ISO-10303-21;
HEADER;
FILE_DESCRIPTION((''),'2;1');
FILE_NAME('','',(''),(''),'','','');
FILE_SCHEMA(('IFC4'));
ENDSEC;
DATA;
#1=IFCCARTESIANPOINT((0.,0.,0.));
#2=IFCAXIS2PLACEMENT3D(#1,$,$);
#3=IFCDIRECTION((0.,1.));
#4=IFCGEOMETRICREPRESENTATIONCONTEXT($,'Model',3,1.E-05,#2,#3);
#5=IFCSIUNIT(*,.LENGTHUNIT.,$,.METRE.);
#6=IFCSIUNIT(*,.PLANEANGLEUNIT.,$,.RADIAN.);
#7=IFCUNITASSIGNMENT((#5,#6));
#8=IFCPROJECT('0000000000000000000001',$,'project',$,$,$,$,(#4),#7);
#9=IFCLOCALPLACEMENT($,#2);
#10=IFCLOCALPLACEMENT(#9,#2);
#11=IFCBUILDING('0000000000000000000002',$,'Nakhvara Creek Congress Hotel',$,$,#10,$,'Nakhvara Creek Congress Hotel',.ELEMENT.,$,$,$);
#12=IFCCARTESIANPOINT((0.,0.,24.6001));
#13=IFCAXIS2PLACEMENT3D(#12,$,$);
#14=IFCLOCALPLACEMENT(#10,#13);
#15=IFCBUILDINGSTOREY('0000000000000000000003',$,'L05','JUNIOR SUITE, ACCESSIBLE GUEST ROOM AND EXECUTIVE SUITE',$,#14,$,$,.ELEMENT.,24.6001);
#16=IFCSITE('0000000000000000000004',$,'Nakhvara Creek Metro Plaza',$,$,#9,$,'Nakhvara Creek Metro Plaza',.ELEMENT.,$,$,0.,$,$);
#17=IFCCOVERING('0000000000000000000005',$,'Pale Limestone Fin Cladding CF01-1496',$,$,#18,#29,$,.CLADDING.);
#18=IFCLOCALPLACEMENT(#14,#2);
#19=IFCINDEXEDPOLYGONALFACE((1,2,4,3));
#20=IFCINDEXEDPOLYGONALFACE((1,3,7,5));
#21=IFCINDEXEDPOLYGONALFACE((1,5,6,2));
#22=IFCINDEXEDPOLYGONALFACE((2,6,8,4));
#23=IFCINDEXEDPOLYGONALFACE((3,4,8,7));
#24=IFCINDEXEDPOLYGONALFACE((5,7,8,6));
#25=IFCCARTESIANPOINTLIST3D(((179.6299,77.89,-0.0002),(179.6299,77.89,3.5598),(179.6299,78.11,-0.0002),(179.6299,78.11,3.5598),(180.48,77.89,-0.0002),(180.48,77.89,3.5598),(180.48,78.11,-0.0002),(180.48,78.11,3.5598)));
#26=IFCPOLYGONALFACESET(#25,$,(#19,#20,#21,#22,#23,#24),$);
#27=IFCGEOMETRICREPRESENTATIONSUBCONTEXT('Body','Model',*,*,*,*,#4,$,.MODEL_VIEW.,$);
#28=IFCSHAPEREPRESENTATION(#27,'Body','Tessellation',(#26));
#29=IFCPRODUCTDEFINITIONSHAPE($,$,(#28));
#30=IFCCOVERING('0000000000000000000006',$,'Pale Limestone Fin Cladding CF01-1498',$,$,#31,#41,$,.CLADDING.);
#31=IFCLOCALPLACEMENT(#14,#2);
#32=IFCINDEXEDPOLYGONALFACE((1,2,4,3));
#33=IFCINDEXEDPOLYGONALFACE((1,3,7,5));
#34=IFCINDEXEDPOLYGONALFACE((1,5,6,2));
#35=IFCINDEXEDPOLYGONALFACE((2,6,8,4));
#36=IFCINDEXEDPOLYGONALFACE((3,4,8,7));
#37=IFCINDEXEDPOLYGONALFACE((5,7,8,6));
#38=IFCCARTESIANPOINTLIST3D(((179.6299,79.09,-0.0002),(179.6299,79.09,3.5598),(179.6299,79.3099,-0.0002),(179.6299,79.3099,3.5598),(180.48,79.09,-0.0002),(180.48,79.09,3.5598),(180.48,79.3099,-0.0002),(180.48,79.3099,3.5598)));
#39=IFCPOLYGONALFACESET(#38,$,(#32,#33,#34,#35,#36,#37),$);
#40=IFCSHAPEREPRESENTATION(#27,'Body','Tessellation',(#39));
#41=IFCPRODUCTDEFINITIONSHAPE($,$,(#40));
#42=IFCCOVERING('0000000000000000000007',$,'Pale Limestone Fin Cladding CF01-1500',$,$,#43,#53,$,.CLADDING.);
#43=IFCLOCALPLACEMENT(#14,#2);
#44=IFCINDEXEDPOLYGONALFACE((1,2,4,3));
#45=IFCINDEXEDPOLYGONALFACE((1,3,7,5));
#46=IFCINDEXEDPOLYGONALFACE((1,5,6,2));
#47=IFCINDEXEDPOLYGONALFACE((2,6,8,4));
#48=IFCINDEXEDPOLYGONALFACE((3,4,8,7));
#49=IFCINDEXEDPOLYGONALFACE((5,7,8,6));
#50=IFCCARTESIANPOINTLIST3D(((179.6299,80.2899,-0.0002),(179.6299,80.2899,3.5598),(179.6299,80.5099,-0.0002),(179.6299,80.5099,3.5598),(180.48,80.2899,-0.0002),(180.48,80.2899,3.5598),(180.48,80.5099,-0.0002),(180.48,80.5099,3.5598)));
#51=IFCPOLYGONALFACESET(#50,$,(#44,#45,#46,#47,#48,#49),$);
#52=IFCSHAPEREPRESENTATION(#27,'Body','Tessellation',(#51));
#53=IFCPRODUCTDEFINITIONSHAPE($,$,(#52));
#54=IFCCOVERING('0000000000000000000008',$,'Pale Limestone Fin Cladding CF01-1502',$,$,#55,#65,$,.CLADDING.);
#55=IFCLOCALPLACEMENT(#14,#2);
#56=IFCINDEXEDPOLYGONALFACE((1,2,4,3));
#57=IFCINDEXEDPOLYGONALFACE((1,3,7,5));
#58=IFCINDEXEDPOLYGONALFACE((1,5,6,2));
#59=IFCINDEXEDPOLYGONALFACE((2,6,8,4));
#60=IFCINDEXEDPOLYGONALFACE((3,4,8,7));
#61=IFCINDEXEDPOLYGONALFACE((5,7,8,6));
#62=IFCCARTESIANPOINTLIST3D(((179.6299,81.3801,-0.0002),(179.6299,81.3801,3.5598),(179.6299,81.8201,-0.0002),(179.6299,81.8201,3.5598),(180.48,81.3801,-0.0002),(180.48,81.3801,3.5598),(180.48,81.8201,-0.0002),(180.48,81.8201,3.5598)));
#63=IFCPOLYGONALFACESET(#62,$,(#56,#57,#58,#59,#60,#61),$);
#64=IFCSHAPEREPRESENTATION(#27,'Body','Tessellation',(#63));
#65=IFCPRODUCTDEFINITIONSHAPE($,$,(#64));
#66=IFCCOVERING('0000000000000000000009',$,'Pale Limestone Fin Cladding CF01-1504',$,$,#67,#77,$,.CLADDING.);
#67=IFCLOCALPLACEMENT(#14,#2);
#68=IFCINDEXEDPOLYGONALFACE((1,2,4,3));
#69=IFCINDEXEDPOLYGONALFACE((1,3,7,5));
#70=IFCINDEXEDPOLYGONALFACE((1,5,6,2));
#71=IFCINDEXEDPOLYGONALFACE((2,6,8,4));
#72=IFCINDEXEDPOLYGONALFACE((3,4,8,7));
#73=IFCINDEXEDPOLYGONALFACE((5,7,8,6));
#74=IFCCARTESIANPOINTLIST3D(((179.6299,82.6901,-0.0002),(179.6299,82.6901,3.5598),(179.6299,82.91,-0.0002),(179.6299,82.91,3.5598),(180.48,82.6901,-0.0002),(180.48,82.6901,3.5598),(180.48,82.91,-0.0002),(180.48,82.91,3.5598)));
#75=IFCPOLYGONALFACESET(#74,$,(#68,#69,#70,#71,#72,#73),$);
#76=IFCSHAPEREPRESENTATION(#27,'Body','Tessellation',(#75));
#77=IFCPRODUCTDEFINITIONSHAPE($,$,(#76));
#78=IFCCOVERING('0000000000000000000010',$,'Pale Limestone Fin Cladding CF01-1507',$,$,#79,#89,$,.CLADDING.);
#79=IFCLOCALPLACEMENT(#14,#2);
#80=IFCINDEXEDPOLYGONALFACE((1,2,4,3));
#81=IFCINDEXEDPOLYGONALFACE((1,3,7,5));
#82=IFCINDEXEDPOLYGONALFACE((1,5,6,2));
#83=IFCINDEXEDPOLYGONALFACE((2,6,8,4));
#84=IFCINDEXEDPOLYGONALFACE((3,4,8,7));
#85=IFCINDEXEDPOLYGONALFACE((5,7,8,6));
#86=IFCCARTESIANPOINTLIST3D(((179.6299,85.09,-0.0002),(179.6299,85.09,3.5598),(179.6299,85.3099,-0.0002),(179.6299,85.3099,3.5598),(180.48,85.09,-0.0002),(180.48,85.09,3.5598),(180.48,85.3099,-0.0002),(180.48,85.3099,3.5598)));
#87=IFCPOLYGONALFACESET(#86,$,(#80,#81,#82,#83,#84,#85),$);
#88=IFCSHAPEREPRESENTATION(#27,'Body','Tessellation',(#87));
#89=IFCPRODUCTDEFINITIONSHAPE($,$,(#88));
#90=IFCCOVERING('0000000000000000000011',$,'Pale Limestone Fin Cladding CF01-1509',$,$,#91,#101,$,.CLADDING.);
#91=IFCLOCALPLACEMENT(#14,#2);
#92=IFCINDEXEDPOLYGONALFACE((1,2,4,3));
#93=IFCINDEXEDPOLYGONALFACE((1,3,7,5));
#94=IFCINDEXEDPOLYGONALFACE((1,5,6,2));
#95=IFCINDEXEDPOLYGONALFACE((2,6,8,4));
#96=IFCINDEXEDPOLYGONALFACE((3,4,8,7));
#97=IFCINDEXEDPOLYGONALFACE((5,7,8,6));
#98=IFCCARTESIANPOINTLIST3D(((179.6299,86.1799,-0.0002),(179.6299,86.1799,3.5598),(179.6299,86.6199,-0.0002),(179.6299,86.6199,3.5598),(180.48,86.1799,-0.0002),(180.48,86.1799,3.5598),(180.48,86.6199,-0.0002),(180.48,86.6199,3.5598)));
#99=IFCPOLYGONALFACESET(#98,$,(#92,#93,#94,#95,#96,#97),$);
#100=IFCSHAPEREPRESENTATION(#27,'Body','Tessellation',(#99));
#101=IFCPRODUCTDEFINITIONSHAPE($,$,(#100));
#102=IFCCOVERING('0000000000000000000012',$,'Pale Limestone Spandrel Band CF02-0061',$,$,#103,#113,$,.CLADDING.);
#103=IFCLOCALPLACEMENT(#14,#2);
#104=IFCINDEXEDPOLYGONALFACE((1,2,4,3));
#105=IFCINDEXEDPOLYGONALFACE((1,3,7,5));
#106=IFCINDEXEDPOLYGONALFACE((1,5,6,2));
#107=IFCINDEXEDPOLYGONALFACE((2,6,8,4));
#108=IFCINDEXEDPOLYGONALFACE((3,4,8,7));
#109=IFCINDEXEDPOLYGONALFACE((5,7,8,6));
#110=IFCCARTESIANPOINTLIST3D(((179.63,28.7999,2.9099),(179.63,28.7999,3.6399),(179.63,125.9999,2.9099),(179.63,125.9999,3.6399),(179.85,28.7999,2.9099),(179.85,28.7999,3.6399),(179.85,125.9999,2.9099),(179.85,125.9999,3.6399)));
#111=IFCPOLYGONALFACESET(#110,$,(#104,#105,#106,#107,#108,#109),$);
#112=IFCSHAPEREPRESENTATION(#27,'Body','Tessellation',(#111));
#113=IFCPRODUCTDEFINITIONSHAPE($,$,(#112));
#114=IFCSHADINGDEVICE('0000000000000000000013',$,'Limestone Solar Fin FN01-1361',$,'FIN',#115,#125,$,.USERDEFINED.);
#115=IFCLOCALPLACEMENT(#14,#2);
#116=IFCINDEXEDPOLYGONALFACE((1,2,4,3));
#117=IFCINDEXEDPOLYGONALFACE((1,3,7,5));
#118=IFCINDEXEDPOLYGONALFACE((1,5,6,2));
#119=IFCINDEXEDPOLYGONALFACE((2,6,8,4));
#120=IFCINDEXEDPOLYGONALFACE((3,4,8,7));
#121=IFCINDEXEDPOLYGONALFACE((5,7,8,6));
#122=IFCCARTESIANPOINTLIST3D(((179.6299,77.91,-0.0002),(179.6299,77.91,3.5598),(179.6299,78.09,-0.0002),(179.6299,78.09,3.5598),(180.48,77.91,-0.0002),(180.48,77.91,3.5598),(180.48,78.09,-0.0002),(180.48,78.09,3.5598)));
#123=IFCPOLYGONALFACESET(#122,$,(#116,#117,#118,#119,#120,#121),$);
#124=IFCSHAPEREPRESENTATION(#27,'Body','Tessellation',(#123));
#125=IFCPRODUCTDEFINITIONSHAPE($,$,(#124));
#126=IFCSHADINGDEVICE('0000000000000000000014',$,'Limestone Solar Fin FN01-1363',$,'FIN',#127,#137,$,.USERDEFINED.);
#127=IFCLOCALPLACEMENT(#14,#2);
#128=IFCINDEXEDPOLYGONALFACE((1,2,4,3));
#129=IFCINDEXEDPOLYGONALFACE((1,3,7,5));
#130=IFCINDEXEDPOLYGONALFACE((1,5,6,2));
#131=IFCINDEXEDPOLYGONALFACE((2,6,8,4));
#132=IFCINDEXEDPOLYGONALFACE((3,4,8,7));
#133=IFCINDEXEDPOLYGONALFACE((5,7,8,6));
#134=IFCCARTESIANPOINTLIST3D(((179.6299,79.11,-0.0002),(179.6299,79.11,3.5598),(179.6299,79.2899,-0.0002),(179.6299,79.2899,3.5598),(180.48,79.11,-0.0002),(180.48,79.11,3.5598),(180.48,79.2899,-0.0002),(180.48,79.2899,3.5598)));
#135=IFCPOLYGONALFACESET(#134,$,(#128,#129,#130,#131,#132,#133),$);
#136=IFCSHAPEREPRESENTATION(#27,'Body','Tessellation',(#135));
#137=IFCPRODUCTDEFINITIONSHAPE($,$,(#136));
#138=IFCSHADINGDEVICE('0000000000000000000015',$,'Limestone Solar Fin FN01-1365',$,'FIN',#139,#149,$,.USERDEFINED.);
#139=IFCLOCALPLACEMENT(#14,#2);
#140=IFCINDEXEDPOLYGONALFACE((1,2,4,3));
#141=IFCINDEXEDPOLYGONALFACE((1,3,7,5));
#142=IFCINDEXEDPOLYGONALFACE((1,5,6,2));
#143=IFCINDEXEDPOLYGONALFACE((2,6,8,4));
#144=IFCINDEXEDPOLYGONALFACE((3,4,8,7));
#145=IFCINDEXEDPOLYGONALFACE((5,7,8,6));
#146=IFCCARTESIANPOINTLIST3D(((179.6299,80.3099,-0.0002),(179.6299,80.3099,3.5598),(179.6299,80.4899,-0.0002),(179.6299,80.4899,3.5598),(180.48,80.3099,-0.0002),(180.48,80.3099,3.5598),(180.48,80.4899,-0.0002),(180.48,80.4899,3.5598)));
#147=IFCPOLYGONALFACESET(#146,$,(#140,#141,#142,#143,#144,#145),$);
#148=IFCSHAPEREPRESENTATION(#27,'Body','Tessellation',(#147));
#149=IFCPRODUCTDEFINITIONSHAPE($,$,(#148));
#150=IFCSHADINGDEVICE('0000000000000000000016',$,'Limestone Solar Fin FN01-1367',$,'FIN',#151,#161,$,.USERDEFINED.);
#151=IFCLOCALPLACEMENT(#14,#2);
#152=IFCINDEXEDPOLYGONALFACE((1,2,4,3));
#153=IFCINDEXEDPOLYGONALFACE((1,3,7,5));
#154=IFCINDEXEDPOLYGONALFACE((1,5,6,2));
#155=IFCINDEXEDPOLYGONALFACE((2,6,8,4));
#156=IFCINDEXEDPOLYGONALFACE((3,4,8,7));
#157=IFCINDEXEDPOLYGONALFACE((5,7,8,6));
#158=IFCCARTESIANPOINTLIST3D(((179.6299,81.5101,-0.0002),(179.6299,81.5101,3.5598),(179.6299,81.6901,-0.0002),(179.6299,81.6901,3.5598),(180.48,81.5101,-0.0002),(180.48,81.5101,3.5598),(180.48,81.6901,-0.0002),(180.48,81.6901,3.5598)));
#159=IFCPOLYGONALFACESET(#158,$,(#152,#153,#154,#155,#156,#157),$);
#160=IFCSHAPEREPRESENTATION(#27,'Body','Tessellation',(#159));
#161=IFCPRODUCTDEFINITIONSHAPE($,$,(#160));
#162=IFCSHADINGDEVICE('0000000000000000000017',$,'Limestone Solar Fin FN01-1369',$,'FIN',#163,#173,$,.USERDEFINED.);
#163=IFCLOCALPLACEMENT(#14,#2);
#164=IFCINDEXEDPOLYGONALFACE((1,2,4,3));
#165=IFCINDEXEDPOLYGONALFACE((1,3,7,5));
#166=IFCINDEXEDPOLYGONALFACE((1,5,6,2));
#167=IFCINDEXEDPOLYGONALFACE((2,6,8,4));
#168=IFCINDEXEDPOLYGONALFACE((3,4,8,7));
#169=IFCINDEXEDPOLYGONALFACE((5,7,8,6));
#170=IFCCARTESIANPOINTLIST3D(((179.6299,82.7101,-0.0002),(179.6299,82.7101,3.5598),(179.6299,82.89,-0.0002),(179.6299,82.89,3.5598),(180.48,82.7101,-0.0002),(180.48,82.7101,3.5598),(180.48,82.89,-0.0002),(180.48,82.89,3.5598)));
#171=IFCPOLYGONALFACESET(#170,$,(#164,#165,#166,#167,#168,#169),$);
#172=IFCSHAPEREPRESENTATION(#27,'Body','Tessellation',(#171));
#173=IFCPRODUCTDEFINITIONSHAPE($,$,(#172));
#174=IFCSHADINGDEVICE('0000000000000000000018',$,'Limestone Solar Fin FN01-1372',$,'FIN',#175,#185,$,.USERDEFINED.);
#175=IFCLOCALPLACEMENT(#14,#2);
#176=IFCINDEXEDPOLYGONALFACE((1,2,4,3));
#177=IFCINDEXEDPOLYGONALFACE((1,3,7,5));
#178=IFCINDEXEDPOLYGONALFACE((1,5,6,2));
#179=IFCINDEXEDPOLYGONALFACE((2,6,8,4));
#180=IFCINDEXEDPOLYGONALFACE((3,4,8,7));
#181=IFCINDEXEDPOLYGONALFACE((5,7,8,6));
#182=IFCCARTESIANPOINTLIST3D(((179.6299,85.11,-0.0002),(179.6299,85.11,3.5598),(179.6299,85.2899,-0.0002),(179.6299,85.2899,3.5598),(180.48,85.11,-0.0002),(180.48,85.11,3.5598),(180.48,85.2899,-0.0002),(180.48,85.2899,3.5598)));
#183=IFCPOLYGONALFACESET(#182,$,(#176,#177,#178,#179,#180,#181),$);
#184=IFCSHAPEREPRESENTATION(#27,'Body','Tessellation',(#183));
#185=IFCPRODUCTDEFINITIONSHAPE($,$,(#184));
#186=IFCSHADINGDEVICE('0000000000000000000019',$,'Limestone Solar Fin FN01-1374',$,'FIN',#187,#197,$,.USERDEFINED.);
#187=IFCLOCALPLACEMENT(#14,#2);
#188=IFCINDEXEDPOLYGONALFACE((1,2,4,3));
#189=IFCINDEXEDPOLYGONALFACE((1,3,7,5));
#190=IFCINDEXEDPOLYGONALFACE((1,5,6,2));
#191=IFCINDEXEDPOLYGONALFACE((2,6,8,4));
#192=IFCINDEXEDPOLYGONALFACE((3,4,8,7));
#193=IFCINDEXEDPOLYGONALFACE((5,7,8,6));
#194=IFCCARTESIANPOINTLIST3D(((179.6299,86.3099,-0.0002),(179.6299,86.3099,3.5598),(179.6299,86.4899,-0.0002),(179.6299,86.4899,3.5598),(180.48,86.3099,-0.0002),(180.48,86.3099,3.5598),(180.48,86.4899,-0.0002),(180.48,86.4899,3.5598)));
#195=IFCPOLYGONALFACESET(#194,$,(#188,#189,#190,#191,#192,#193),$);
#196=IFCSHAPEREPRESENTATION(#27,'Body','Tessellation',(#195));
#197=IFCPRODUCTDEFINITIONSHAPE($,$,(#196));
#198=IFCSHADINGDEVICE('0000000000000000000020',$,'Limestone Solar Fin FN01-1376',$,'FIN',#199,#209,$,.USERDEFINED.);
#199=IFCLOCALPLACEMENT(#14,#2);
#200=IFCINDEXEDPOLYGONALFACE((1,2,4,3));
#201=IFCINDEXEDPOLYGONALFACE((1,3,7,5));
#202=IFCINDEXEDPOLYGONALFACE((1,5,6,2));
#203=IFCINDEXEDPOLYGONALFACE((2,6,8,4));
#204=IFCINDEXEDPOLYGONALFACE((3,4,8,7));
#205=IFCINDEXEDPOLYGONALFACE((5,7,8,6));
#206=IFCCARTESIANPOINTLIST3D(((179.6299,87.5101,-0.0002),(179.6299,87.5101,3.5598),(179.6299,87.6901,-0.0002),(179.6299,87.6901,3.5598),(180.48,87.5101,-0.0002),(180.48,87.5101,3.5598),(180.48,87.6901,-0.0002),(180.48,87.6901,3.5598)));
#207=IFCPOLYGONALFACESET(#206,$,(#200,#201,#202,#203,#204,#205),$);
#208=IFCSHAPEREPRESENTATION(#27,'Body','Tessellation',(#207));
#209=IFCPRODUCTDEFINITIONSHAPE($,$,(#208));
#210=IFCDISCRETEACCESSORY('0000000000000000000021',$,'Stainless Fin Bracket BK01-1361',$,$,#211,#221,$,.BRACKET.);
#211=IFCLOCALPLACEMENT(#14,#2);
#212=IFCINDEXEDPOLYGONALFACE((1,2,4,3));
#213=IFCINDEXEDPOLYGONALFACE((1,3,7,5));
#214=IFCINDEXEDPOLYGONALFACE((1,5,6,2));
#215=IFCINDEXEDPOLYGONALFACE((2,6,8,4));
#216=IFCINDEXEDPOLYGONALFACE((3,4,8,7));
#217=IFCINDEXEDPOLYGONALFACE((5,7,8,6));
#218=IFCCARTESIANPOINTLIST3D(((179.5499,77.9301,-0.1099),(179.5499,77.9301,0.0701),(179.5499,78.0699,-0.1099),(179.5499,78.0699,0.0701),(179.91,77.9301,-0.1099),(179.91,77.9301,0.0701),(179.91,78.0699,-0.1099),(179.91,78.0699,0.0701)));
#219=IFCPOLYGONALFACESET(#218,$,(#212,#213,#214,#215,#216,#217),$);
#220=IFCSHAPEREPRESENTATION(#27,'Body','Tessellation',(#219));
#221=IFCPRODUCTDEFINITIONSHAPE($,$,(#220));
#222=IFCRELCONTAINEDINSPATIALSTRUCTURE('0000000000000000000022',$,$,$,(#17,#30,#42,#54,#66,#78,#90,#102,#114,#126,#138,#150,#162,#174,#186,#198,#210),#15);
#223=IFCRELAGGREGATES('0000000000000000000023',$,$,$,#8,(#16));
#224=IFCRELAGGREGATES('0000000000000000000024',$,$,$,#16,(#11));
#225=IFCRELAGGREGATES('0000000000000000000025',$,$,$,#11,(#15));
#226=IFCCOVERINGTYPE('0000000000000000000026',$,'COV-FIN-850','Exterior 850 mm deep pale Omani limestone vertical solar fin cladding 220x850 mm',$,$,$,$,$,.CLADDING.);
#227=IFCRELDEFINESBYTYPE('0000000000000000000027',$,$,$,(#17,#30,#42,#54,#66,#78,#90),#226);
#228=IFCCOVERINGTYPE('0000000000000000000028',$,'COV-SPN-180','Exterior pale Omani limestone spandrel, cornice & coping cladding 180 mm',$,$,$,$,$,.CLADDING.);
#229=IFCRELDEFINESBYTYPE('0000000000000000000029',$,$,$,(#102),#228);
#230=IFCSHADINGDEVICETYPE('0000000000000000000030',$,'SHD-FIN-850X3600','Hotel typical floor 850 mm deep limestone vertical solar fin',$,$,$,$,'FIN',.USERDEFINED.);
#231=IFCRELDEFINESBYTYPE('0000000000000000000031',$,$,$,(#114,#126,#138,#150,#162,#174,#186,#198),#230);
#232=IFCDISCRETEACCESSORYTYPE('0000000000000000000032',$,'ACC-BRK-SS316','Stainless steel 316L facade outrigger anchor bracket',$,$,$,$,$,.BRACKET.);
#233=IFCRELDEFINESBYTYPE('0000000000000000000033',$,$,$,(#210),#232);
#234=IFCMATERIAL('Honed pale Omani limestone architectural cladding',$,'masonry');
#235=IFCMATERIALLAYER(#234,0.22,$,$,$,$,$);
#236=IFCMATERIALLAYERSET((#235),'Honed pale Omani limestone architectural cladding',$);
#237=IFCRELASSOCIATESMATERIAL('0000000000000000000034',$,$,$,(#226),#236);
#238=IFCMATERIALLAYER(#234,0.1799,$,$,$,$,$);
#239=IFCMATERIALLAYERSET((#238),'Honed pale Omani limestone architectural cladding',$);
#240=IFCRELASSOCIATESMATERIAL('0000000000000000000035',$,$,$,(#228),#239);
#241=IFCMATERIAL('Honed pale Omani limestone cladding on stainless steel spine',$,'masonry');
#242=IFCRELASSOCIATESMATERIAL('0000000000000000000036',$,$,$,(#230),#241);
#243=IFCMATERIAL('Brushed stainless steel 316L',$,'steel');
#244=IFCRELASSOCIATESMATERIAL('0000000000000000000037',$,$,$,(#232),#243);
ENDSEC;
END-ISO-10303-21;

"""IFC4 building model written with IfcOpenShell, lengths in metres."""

from ifc_helpers import new_model, si_unit, direction, frame, origin, origin_2d, place, context, subcontext, project, spatial, rectangle, extrude, material, layer, layer_set, type_object, element, save


model = new_model("IFC4")

# Units and contexts
model_context = context("Model", 3, precision=1e-05, world=origin(), true_north=direction((0.0, 1.0)))
body_context = subcontext(model_context, "Body", "Model", "MODEL_VIEW")
ifc_project = project(units=[si_unit("LENGTHUNIT", "METRE"), si_unit("PLANEANGLEUNIT", "RADIAN")], contexts=[model_context])

# Site, building, storey
site_placement = place(None, origin())
site = spatial("IfcSite", under=ifc_project, at=site_placement, Name="Nakhvara Creek Metro Plaza", LongName="Nakhvara Creek Metro Plaza", CompositionType="ELEMENT", RefElevation=0.0)
building_placement = place(site_placement, origin())
building = spatial("IfcBuilding", under=site, at=building_placement, Name="Nakhvara Creek Congress Hotel", LongName="Nakhvara Creek Congress Hotel", CompositionType="ELEMENT")
storey_placement = place(building_placement, frame((0.0, 0.0, 24.6001)))
storey = spatial("IfcBuildingStorey", under=building, at=storey_placement, Name="L05", Description="JUNIOR SUITE, ACCESSIBLE GUEST ROOM AND EXECUTIVE SUITE", CompositionType="ELEMENT", Elevation=24.6001)

# Coverings
ifc_material_1 = material(Name="Honed pale Omani limestone architectural cladding", Category="masonry")
ifc_layer_1 = layer(ifc_material_1, 0.22)
ifc_layer_set_1 = layer_set([ifc_layer_1], Name="Honed pale Omani limestone architectural cladding")
covering_type_1 = type_object("IfcCoveringType", Name="COV-FIN-850", Description="Exterior 850 mm deep pale Omani limestone vertical solar fin cladding 220x850 mm", PredefinedType="CLADDING", material=ifc_layer_set_1)
for number, where, z_axis, x_axis, name in (
    (1, (180.0549, 78.0, -0.0002), (0.0, 0.0, 1.0), (0.0, 1.0, 0.0), "Pale Limestone Fin Cladding CF01-1496"),
    (2, (180.0549, 79.2, -0.0002), (0.0, 0.0, 1.0), (0.0, 1.0, 0.0), "Pale Limestone Fin Cladding CF01-1498"),
    (3, (180.0549, 80.3999, -0.0002), (0.0, 0.0, 1.0), (0.0, 1.0, 0.0), "Pale Limestone Fin Cladding CF01-1500"),
):
    element("IfcCovering", number, at=place(storey_placement, frame(where, z_axis=z_axis, x_axis=x_axis)), inside=storey, type_object=covering_type_1, Name=name, PredefinedType="CLADDING", context=body_context, shape_type="SweptSolid", body=[
        extrude(rectangle(XDim=0.22, YDim=0.8501, at=origin_2d()), origin(), (0.0, 0.0, 1.0), 3.5601),
    ])
covering_1_placement = place(storey_placement, frame((180.0549, 81.6001, -0.0002), z_axis=(0.0, 0.0, 1.0), x_axis=(0.0, 1.0, 0.0)))
element("IfcCovering", 4, at=covering_1_placement, inside=storey, type_object=covering_type_1, Name="Pale Limestone Fin Cladding CF01-1502", PredefinedType="CLADDING", context=body_context, shape_type="SweptSolid", body=[
    extrude(rectangle(XDim=0.4399, YDim=0.8501, at=origin_2d()), origin(), (0.0, 0.0, 1.0), 3.5601),
])
for number, where, z_axis, x_axis, name in (
    (5, (180.0549, 82.8, -0.0002), (0.0, 0.0, 1.0), (0.0, 1.0, 0.0), "Pale Limestone Fin Cladding CF01-1504"),
    (6, (180.0549, 85.2, -0.0002), (0.0, 0.0, 1.0), (0.0, 1.0, 0.0), "Pale Limestone Fin Cladding CF01-1507"),
):
    element("IfcCovering", number, at=place(storey_placement, frame(where, z_axis=z_axis, x_axis=x_axis)), inside=storey, type_object=covering_type_1, Name=name, PredefinedType="CLADDING", context=body_context, shape_type="SweptSolid", body=[
        extrude(rectangle(XDim=0.22, YDim=0.8501, at=origin_2d()), origin(), (0.0, 0.0, 1.0), 3.5601),
    ])
covering_2_placement = place(storey_placement, frame((180.0549, 86.3999, -0.0002), z_axis=(0.0, 0.0, 1.0), x_axis=(0.0, 1.0, 0.0)))
element("IfcCovering", 7, at=covering_2_placement, inside=storey, type_object=covering_type_1, Name="Pale Limestone Fin Cladding CF01-1509", PredefinedType="CLADDING", context=body_context, shape_type="SweptSolid", body=[
    extrude(rectangle(XDim=0.4399, YDim=0.8501, at=origin_2d()), origin(), (0.0, 0.0, 1.0), 3.5601),
])
ifc_layer_2 = layer(ifc_material_1, 0.1799)
ifc_layer_set_2 = layer_set([ifc_layer_2], Name="Honed pale Omani limestone architectural cladding")
covering_type_2 = type_object("IfcCoveringType", Name="COV-SPN-180", Description="Exterior pale Omani limestone spandrel, cornice & coping cladding 180 mm", PredefinedType="CLADDING", material=ifc_layer_set_2)
covering_3_placement = place(storey_placement, frame((179.74, 77.3999, 2.9099), z_axis=(0.0, 0.0, 1.0), x_axis=(0.0, 1.0, 0.0)))
element("IfcCovering", 8, at=covering_3_placement, inside=storey, type_object=covering_type_2, Name="Pale Limestone Spandrel Band CF02-0061", PredefinedType="CLADDING", context=body_context, shape_type="SweptSolid", body=[
    extrude(rectangle(XDim=97.2, YDim=0.22, at=origin_2d()), origin(), (0.0, 0.0, 1.0), 0.73),
])

# Shading devices
ifc_material_2 = material(Name="Honed pale Omani limestone cladding on stainless steel spine", Category="masonry")
shading_device_type = type_object("IfcShadingDeviceType", Name="SHD-FIN-850X3600", Description="Hotel typical floor 850 mm deep limestone vertical solar fin", ElementType="FIN", PredefinedType="USERDEFINED", material=ifc_material_2)
for number, where, z_axis, x_axis, name in (
    (9, (180.0549, 78.0, -0.0002), (0.0, 0.0, 1.0), (0.0, 1.0, 0.0), "Limestone Solar Fin FN01-1361"),
    (10, (180.0549, 79.2, -0.0002), (0.0, 0.0, 1.0), (0.0, 1.0, 0.0), "Limestone Solar Fin FN01-1363"),
    (11, (180.0549, 80.3999, -0.0002), (0.0, 0.0, 1.0), (0.0, 1.0, 0.0), "Limestone Solar Fin FN01-1365"),
    (12, (180.0549, 81.6001, -0.0002), (0.0, 0.0, 1.0), (0.0, 1.0, 0.0), "Limestone Solar Fin FN01-1367"),
    (13, (180.0549, 82.8, -0.0002), (0.0, 0.0, 1.0), (0.0, 1.0, 0.0), "Limestone Solar Fin FN01-1369"),
    (14, (180.0549, 85.2, -0.0002), (0.0, 0.0, 1.0), (0.0, 1.0, 0.0), "Limestone Solar Fin FN01-1372"),
    (15, (180.0549, 86.3999, -0.0002), (0.0, 0.0, 1.0), (0.0, 1.0, 0.0), "Limestone Solar Fin FN01-1374"),
    (16, (180.0549, 87.6001, -0.0002), (0.0, 0.0, 1.0), (0.0, 1.0, 0.0), "Limestone Solar Fin FN01-1376"),
):
    element("IfcShadingDevice", number, at=place(storey_placement, frame(where, z_axis=z_axis, x_axis=x_axis)), inside=storey, type_object=shading_device_type, Name=name, ObjectType="FIN", PredefinedType="USERDEFINED", context=body_context, shape_type="SweptSolid", body=[
        extrude(rectangle(XDim=0.1799, YDim=0.8501, at=origin_2d()), origin(), (0.0, 0.0, 1.0), 3.5601),
    ])

# Discrete accessory
ifc_material_3 = material(Name="Brushed stainless steel 316L", Category="steel")
discrete_accessory_type = type_object("IfcDiscreteAccessoryType", Name="ACC-BRK-SS316", Description="Stainless steel 316L facade outrigger anchor bracket", PredefinedType="BRACKET", material=ifc_material_3)
for number, where, z_axis, x_axis, name in (
    (17, (179.73, 78.0, -0.1099), (0.0, 0.0, 1.0), (0.0, 1.0, 0.0), "Stainless Fin Bracket BK01-1361"),
):
    element("IfcDiscreteAccessory", number, at=place(storey_placement, frame(where, z_axis=z_axis, x_axis=x_axis)), inside=storey, type_object=discrete_accessory_type, Name=name, PredefinedType="BRACKET", context=body_context, shape_type="SweptSolid", body=[
        extrude(rectangle(XDim=0.1399, YDim=0.3601, at=origin_2d()), origin(), (0.0, 0.0, 1.0), 0.1799),
    ])

save(model, "model.ifc")
